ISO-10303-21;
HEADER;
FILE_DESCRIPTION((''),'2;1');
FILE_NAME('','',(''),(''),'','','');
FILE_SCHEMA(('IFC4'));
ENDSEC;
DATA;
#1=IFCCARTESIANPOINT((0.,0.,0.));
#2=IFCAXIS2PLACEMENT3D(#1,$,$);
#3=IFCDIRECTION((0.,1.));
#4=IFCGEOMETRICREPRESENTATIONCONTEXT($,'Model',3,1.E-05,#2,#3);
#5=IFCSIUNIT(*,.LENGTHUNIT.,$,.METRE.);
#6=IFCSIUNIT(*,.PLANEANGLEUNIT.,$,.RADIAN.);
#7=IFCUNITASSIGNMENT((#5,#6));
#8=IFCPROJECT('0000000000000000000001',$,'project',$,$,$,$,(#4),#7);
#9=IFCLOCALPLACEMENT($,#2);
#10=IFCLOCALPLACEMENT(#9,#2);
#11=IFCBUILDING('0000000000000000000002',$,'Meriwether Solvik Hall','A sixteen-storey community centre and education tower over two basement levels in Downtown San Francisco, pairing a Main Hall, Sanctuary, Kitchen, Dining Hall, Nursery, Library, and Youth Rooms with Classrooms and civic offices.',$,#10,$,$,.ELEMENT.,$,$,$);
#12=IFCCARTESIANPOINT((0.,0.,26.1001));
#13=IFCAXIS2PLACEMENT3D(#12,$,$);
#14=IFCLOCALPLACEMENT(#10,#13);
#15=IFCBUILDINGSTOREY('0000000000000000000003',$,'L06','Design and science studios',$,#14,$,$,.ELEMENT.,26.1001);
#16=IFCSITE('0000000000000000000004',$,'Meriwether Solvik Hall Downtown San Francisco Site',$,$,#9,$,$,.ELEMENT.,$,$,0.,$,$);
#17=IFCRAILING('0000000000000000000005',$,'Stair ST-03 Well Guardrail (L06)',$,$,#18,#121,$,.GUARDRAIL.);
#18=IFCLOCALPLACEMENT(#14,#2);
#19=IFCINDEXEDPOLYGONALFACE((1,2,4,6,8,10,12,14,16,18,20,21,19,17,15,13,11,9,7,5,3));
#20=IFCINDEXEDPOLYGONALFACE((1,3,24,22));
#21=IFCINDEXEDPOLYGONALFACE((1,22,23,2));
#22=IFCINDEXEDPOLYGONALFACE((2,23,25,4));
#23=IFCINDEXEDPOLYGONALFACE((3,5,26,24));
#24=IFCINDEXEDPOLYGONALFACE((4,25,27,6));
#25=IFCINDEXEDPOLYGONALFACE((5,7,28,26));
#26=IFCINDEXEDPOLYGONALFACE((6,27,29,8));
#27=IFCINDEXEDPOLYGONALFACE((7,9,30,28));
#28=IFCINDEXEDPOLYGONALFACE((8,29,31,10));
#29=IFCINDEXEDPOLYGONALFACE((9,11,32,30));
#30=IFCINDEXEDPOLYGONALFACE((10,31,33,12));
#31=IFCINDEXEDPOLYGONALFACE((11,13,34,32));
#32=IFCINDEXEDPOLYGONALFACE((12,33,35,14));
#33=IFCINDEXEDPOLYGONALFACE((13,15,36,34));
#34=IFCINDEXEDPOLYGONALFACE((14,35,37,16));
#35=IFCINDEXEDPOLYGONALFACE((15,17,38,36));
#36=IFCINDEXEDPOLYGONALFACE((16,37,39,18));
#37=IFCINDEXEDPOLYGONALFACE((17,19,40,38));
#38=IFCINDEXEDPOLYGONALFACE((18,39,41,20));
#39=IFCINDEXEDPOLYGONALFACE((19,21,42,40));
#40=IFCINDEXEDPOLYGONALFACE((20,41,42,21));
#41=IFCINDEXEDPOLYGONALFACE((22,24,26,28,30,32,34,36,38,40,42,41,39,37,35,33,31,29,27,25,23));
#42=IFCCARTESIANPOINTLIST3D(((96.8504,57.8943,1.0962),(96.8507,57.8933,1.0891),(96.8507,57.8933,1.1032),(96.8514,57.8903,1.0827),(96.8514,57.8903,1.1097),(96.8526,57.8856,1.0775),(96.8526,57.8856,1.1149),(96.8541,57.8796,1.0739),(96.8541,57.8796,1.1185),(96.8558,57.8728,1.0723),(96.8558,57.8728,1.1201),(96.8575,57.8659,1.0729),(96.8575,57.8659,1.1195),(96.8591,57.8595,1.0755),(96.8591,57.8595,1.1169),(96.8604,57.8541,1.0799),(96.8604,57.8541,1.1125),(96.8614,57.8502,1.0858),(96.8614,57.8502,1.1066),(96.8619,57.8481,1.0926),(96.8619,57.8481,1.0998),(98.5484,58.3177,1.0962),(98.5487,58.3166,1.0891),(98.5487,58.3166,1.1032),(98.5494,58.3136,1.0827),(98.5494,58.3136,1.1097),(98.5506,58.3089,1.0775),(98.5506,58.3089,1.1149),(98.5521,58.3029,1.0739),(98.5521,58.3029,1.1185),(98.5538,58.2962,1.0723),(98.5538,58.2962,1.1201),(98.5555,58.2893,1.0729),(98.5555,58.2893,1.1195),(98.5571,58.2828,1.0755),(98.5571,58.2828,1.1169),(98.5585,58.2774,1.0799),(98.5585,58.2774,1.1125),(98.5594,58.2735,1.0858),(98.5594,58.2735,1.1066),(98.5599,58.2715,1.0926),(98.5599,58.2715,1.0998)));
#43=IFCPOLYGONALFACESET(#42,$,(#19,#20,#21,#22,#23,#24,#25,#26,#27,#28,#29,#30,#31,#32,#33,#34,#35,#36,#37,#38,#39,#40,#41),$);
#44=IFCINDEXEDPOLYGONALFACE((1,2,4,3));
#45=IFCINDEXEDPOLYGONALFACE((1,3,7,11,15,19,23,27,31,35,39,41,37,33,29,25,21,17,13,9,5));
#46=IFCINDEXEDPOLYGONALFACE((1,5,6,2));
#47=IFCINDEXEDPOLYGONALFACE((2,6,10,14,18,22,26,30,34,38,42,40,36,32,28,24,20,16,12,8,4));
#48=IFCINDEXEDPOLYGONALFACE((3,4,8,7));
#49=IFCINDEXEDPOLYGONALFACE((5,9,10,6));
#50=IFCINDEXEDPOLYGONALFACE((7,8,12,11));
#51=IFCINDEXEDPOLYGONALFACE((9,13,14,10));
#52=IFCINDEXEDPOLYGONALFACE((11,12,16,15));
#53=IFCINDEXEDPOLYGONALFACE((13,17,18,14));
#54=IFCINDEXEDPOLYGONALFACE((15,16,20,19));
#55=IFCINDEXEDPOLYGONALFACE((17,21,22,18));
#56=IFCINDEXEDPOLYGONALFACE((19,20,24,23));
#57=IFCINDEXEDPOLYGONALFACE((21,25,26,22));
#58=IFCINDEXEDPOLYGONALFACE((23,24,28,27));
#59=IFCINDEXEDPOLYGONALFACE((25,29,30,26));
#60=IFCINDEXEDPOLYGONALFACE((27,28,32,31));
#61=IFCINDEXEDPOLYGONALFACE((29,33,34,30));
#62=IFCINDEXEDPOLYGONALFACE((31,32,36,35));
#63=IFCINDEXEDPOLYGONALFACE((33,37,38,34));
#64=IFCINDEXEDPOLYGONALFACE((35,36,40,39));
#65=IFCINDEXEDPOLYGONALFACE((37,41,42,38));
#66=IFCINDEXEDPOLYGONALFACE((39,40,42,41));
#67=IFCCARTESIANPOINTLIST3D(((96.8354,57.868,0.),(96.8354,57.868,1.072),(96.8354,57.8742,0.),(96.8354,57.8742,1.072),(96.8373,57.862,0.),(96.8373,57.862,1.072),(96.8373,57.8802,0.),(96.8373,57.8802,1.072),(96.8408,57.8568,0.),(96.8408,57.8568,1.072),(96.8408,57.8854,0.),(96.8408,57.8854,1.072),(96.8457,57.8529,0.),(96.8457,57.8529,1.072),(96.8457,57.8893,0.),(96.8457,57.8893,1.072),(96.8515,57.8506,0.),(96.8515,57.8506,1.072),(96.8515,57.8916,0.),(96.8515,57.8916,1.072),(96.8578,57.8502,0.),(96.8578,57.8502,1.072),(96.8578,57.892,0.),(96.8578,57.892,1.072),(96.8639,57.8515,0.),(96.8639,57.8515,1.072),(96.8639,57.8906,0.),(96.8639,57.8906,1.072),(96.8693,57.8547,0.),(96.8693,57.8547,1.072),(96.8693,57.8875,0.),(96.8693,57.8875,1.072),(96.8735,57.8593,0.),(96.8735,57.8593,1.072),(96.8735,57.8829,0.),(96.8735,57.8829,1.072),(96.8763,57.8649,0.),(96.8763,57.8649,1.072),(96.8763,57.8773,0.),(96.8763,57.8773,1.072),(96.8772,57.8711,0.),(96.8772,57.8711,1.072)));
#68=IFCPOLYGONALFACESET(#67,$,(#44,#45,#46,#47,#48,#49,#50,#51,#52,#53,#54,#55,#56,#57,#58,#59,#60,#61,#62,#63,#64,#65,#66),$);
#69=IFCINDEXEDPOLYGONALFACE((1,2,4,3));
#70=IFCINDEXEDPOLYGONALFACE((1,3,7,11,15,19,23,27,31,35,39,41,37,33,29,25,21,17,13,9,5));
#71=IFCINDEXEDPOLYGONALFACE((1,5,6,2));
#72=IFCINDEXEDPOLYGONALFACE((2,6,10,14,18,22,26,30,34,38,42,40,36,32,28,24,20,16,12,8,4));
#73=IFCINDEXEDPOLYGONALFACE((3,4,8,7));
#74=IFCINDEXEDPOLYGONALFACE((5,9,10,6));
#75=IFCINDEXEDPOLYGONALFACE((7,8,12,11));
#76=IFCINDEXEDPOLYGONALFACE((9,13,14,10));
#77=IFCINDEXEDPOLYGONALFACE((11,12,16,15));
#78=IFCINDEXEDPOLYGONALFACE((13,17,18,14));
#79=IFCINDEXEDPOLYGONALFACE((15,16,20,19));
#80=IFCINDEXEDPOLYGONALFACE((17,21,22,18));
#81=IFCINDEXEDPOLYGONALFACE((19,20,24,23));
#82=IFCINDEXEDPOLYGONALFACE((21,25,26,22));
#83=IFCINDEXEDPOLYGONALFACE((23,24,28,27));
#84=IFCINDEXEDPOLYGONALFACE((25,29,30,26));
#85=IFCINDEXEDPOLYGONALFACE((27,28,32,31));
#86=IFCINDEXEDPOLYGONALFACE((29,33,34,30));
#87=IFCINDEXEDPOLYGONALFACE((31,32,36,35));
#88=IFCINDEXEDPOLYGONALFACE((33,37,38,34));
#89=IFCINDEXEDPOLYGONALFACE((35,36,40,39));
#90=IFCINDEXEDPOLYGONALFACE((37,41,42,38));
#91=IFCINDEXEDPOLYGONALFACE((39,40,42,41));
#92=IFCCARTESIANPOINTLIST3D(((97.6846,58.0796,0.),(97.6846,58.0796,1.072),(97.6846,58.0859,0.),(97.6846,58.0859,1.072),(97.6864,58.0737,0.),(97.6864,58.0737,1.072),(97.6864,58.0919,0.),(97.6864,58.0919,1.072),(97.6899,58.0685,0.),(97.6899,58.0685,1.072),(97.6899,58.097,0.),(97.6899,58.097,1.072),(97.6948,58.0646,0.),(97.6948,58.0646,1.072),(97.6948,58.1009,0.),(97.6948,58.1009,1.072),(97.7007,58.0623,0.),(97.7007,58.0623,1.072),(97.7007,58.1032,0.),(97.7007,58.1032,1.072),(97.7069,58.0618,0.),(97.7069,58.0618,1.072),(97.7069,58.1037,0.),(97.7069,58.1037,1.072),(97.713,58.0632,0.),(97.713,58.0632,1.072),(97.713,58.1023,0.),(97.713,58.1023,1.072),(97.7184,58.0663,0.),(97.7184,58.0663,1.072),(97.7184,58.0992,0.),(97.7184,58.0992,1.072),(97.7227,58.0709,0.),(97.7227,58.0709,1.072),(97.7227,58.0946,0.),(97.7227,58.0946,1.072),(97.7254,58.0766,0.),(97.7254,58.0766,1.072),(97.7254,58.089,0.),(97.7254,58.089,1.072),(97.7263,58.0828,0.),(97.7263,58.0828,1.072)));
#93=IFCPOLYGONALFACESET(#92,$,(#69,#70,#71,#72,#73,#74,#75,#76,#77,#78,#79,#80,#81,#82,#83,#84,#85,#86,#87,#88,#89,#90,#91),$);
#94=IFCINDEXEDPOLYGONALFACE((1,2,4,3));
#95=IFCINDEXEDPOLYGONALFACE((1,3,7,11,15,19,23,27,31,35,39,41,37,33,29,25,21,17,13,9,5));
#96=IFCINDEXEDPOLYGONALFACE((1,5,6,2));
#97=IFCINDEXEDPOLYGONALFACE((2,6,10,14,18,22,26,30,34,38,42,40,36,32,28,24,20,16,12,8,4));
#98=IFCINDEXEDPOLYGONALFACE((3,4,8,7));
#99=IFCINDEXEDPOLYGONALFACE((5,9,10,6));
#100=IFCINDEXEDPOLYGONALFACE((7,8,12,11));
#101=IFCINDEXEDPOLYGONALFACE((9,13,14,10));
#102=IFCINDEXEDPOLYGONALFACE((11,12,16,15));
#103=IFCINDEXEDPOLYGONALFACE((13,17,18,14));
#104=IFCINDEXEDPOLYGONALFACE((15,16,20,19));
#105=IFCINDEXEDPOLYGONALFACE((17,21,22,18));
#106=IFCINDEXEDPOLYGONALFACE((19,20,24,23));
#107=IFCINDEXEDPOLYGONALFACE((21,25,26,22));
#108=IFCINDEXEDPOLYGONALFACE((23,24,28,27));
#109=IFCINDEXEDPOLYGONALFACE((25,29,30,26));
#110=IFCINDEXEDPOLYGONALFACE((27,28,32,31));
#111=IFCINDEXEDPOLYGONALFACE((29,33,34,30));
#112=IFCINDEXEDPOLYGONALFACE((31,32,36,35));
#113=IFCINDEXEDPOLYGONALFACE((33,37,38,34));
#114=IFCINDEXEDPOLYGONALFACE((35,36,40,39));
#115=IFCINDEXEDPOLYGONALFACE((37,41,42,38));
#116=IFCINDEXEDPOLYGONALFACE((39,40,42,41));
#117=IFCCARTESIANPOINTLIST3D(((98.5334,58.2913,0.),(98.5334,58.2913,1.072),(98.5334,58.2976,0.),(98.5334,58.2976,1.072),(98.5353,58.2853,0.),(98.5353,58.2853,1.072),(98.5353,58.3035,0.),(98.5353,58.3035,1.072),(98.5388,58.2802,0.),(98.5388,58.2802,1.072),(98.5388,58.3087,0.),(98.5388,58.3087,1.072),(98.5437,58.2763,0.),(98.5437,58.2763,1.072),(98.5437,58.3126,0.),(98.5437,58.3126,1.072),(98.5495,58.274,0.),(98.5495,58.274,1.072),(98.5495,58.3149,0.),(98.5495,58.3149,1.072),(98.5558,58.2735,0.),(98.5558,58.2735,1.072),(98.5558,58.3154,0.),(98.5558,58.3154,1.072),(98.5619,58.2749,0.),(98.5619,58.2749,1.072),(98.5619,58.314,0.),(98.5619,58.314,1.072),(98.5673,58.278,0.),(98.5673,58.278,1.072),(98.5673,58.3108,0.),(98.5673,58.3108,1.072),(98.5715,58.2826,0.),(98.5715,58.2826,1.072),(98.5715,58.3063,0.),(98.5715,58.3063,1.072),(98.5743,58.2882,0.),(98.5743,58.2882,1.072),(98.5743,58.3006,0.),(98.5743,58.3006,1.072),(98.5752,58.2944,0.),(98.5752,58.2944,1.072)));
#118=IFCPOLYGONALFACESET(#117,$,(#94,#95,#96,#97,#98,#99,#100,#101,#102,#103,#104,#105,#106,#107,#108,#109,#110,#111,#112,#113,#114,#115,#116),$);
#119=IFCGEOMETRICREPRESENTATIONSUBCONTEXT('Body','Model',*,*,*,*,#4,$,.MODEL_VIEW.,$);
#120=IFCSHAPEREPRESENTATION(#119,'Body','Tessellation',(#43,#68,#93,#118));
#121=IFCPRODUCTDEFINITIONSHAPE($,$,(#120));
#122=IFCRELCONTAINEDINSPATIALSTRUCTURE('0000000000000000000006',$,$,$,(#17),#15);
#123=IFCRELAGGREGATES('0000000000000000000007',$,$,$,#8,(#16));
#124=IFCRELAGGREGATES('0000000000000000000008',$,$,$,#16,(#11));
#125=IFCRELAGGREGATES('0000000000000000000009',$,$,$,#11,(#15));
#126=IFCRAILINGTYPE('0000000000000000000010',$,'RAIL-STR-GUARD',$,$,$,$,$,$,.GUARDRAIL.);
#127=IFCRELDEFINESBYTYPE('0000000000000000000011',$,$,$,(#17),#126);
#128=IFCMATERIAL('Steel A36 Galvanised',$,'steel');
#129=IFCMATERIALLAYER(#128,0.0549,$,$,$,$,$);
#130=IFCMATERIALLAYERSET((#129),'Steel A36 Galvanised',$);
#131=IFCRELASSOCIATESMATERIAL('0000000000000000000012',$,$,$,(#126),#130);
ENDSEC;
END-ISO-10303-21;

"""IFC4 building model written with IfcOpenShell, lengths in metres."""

from ifc_helpers import new_model, si_unit, direction, frame, origin, origin_2d, place, context, subcontext, project, spatial, circle, extrude, material, layer, layer_set, type_object, element, save


model = new_model("IFC4")

# Units and contexts
model_context = context("Model", 3, precision=1e-05, world=origin(), true_north=direction((0.0, 1.0)))
body_context = subcontext(model_context, "Body", "Model", "MODEL_VIEW")
ifc_project = project(units=[si_unit("LENGTHUNIT", "METRE"), si_unit("PLANEANGLEUNIT", "RADIAN")], contexts=[model_context])

# Site, building, storey
site_placement = place(None, origin())
site = spatial("IfcSite", under=ifc_project, at=site_placement, Name="Meriwether Solvik Hall Downtown San Francisco Site", CompositionType="ELEMENT", RefElevation=0.0)
building_placement = place(site_placement, origin())
building = spatial("IfcBuilding", under=site, at=building_placement, Name="Meriwether Solvik Hall", Description="A sixteen-storey community centre and education tower over two basement levels in Downtown San Francisco, pairing a Main Hall, Sanctuary, Kitchen, Dining Hall, Nursery, Library, and Youth Rooms with Classrooms and civic offices.", CompositionType="ELEMENT")
storey_placement = place(building_placement, frame((0.0, 0.0, 26.1001)))
storey = spatial("IfcBuildingStorey", under=building, at=storey_placement, Name="L06", Description="Design and science studios", CompositionType="ELEMENT", Elevation=26.1001)

# Railing
ifc_material_1 = material(Name="Steel A36 Galvanised", Category="steel")
ifc_layer_1 = layer(ifc_material_1, 0.0549)
ifc_layer_set_1 = layer_set([ifc_layer_1], Name="Steel A36 Galvanised")
railing_type_1 = type_object("IfcRailingType", Name="RAIL-STR-GUARD", PredefinedType="GUARDRAIL", material=ifc_layer_set_1)
railing_1_placement = place(storey_placement, frame((96.8562, 57.8711, 0.0)))
element("IfcRailing", 1, at=railing_1_placement, inside=storey, type_object=railing_type_1, Name="Stair ST-03 Well Guardrail (L06)", PredefinedType="GUARDRAIL", context=body_context, shape_type="SweptSolid", body=[
    extrude(circle(Radius=0.0239, at=origin_2d()), frame((0.0, 0.0, 1.0962), z_axis=(0.970298, 0.241912, 0.0), x_axis=(-0.241912, 0.970298, 0.0)), (0.0, 0.0, 1.0), 1.75),
    extrude(circle(Radius=0.021, at=origin_2d()), origin(), (0.0, 0.0, 1.0), 1.072),
    extrude(circle(Radius=0.021, at=origin_2d()), frame((0.8491, 0.2117, 0.0)), (0.0, 0.0, 1.0), 1.072),
    extrude(circle(Radius=0.021, at=origin_2d()), frame((1.698, 0.4233, 0.0)), (0.0, 0.0, 1.0), 1.072),
])

save(model, "model.ifc")
